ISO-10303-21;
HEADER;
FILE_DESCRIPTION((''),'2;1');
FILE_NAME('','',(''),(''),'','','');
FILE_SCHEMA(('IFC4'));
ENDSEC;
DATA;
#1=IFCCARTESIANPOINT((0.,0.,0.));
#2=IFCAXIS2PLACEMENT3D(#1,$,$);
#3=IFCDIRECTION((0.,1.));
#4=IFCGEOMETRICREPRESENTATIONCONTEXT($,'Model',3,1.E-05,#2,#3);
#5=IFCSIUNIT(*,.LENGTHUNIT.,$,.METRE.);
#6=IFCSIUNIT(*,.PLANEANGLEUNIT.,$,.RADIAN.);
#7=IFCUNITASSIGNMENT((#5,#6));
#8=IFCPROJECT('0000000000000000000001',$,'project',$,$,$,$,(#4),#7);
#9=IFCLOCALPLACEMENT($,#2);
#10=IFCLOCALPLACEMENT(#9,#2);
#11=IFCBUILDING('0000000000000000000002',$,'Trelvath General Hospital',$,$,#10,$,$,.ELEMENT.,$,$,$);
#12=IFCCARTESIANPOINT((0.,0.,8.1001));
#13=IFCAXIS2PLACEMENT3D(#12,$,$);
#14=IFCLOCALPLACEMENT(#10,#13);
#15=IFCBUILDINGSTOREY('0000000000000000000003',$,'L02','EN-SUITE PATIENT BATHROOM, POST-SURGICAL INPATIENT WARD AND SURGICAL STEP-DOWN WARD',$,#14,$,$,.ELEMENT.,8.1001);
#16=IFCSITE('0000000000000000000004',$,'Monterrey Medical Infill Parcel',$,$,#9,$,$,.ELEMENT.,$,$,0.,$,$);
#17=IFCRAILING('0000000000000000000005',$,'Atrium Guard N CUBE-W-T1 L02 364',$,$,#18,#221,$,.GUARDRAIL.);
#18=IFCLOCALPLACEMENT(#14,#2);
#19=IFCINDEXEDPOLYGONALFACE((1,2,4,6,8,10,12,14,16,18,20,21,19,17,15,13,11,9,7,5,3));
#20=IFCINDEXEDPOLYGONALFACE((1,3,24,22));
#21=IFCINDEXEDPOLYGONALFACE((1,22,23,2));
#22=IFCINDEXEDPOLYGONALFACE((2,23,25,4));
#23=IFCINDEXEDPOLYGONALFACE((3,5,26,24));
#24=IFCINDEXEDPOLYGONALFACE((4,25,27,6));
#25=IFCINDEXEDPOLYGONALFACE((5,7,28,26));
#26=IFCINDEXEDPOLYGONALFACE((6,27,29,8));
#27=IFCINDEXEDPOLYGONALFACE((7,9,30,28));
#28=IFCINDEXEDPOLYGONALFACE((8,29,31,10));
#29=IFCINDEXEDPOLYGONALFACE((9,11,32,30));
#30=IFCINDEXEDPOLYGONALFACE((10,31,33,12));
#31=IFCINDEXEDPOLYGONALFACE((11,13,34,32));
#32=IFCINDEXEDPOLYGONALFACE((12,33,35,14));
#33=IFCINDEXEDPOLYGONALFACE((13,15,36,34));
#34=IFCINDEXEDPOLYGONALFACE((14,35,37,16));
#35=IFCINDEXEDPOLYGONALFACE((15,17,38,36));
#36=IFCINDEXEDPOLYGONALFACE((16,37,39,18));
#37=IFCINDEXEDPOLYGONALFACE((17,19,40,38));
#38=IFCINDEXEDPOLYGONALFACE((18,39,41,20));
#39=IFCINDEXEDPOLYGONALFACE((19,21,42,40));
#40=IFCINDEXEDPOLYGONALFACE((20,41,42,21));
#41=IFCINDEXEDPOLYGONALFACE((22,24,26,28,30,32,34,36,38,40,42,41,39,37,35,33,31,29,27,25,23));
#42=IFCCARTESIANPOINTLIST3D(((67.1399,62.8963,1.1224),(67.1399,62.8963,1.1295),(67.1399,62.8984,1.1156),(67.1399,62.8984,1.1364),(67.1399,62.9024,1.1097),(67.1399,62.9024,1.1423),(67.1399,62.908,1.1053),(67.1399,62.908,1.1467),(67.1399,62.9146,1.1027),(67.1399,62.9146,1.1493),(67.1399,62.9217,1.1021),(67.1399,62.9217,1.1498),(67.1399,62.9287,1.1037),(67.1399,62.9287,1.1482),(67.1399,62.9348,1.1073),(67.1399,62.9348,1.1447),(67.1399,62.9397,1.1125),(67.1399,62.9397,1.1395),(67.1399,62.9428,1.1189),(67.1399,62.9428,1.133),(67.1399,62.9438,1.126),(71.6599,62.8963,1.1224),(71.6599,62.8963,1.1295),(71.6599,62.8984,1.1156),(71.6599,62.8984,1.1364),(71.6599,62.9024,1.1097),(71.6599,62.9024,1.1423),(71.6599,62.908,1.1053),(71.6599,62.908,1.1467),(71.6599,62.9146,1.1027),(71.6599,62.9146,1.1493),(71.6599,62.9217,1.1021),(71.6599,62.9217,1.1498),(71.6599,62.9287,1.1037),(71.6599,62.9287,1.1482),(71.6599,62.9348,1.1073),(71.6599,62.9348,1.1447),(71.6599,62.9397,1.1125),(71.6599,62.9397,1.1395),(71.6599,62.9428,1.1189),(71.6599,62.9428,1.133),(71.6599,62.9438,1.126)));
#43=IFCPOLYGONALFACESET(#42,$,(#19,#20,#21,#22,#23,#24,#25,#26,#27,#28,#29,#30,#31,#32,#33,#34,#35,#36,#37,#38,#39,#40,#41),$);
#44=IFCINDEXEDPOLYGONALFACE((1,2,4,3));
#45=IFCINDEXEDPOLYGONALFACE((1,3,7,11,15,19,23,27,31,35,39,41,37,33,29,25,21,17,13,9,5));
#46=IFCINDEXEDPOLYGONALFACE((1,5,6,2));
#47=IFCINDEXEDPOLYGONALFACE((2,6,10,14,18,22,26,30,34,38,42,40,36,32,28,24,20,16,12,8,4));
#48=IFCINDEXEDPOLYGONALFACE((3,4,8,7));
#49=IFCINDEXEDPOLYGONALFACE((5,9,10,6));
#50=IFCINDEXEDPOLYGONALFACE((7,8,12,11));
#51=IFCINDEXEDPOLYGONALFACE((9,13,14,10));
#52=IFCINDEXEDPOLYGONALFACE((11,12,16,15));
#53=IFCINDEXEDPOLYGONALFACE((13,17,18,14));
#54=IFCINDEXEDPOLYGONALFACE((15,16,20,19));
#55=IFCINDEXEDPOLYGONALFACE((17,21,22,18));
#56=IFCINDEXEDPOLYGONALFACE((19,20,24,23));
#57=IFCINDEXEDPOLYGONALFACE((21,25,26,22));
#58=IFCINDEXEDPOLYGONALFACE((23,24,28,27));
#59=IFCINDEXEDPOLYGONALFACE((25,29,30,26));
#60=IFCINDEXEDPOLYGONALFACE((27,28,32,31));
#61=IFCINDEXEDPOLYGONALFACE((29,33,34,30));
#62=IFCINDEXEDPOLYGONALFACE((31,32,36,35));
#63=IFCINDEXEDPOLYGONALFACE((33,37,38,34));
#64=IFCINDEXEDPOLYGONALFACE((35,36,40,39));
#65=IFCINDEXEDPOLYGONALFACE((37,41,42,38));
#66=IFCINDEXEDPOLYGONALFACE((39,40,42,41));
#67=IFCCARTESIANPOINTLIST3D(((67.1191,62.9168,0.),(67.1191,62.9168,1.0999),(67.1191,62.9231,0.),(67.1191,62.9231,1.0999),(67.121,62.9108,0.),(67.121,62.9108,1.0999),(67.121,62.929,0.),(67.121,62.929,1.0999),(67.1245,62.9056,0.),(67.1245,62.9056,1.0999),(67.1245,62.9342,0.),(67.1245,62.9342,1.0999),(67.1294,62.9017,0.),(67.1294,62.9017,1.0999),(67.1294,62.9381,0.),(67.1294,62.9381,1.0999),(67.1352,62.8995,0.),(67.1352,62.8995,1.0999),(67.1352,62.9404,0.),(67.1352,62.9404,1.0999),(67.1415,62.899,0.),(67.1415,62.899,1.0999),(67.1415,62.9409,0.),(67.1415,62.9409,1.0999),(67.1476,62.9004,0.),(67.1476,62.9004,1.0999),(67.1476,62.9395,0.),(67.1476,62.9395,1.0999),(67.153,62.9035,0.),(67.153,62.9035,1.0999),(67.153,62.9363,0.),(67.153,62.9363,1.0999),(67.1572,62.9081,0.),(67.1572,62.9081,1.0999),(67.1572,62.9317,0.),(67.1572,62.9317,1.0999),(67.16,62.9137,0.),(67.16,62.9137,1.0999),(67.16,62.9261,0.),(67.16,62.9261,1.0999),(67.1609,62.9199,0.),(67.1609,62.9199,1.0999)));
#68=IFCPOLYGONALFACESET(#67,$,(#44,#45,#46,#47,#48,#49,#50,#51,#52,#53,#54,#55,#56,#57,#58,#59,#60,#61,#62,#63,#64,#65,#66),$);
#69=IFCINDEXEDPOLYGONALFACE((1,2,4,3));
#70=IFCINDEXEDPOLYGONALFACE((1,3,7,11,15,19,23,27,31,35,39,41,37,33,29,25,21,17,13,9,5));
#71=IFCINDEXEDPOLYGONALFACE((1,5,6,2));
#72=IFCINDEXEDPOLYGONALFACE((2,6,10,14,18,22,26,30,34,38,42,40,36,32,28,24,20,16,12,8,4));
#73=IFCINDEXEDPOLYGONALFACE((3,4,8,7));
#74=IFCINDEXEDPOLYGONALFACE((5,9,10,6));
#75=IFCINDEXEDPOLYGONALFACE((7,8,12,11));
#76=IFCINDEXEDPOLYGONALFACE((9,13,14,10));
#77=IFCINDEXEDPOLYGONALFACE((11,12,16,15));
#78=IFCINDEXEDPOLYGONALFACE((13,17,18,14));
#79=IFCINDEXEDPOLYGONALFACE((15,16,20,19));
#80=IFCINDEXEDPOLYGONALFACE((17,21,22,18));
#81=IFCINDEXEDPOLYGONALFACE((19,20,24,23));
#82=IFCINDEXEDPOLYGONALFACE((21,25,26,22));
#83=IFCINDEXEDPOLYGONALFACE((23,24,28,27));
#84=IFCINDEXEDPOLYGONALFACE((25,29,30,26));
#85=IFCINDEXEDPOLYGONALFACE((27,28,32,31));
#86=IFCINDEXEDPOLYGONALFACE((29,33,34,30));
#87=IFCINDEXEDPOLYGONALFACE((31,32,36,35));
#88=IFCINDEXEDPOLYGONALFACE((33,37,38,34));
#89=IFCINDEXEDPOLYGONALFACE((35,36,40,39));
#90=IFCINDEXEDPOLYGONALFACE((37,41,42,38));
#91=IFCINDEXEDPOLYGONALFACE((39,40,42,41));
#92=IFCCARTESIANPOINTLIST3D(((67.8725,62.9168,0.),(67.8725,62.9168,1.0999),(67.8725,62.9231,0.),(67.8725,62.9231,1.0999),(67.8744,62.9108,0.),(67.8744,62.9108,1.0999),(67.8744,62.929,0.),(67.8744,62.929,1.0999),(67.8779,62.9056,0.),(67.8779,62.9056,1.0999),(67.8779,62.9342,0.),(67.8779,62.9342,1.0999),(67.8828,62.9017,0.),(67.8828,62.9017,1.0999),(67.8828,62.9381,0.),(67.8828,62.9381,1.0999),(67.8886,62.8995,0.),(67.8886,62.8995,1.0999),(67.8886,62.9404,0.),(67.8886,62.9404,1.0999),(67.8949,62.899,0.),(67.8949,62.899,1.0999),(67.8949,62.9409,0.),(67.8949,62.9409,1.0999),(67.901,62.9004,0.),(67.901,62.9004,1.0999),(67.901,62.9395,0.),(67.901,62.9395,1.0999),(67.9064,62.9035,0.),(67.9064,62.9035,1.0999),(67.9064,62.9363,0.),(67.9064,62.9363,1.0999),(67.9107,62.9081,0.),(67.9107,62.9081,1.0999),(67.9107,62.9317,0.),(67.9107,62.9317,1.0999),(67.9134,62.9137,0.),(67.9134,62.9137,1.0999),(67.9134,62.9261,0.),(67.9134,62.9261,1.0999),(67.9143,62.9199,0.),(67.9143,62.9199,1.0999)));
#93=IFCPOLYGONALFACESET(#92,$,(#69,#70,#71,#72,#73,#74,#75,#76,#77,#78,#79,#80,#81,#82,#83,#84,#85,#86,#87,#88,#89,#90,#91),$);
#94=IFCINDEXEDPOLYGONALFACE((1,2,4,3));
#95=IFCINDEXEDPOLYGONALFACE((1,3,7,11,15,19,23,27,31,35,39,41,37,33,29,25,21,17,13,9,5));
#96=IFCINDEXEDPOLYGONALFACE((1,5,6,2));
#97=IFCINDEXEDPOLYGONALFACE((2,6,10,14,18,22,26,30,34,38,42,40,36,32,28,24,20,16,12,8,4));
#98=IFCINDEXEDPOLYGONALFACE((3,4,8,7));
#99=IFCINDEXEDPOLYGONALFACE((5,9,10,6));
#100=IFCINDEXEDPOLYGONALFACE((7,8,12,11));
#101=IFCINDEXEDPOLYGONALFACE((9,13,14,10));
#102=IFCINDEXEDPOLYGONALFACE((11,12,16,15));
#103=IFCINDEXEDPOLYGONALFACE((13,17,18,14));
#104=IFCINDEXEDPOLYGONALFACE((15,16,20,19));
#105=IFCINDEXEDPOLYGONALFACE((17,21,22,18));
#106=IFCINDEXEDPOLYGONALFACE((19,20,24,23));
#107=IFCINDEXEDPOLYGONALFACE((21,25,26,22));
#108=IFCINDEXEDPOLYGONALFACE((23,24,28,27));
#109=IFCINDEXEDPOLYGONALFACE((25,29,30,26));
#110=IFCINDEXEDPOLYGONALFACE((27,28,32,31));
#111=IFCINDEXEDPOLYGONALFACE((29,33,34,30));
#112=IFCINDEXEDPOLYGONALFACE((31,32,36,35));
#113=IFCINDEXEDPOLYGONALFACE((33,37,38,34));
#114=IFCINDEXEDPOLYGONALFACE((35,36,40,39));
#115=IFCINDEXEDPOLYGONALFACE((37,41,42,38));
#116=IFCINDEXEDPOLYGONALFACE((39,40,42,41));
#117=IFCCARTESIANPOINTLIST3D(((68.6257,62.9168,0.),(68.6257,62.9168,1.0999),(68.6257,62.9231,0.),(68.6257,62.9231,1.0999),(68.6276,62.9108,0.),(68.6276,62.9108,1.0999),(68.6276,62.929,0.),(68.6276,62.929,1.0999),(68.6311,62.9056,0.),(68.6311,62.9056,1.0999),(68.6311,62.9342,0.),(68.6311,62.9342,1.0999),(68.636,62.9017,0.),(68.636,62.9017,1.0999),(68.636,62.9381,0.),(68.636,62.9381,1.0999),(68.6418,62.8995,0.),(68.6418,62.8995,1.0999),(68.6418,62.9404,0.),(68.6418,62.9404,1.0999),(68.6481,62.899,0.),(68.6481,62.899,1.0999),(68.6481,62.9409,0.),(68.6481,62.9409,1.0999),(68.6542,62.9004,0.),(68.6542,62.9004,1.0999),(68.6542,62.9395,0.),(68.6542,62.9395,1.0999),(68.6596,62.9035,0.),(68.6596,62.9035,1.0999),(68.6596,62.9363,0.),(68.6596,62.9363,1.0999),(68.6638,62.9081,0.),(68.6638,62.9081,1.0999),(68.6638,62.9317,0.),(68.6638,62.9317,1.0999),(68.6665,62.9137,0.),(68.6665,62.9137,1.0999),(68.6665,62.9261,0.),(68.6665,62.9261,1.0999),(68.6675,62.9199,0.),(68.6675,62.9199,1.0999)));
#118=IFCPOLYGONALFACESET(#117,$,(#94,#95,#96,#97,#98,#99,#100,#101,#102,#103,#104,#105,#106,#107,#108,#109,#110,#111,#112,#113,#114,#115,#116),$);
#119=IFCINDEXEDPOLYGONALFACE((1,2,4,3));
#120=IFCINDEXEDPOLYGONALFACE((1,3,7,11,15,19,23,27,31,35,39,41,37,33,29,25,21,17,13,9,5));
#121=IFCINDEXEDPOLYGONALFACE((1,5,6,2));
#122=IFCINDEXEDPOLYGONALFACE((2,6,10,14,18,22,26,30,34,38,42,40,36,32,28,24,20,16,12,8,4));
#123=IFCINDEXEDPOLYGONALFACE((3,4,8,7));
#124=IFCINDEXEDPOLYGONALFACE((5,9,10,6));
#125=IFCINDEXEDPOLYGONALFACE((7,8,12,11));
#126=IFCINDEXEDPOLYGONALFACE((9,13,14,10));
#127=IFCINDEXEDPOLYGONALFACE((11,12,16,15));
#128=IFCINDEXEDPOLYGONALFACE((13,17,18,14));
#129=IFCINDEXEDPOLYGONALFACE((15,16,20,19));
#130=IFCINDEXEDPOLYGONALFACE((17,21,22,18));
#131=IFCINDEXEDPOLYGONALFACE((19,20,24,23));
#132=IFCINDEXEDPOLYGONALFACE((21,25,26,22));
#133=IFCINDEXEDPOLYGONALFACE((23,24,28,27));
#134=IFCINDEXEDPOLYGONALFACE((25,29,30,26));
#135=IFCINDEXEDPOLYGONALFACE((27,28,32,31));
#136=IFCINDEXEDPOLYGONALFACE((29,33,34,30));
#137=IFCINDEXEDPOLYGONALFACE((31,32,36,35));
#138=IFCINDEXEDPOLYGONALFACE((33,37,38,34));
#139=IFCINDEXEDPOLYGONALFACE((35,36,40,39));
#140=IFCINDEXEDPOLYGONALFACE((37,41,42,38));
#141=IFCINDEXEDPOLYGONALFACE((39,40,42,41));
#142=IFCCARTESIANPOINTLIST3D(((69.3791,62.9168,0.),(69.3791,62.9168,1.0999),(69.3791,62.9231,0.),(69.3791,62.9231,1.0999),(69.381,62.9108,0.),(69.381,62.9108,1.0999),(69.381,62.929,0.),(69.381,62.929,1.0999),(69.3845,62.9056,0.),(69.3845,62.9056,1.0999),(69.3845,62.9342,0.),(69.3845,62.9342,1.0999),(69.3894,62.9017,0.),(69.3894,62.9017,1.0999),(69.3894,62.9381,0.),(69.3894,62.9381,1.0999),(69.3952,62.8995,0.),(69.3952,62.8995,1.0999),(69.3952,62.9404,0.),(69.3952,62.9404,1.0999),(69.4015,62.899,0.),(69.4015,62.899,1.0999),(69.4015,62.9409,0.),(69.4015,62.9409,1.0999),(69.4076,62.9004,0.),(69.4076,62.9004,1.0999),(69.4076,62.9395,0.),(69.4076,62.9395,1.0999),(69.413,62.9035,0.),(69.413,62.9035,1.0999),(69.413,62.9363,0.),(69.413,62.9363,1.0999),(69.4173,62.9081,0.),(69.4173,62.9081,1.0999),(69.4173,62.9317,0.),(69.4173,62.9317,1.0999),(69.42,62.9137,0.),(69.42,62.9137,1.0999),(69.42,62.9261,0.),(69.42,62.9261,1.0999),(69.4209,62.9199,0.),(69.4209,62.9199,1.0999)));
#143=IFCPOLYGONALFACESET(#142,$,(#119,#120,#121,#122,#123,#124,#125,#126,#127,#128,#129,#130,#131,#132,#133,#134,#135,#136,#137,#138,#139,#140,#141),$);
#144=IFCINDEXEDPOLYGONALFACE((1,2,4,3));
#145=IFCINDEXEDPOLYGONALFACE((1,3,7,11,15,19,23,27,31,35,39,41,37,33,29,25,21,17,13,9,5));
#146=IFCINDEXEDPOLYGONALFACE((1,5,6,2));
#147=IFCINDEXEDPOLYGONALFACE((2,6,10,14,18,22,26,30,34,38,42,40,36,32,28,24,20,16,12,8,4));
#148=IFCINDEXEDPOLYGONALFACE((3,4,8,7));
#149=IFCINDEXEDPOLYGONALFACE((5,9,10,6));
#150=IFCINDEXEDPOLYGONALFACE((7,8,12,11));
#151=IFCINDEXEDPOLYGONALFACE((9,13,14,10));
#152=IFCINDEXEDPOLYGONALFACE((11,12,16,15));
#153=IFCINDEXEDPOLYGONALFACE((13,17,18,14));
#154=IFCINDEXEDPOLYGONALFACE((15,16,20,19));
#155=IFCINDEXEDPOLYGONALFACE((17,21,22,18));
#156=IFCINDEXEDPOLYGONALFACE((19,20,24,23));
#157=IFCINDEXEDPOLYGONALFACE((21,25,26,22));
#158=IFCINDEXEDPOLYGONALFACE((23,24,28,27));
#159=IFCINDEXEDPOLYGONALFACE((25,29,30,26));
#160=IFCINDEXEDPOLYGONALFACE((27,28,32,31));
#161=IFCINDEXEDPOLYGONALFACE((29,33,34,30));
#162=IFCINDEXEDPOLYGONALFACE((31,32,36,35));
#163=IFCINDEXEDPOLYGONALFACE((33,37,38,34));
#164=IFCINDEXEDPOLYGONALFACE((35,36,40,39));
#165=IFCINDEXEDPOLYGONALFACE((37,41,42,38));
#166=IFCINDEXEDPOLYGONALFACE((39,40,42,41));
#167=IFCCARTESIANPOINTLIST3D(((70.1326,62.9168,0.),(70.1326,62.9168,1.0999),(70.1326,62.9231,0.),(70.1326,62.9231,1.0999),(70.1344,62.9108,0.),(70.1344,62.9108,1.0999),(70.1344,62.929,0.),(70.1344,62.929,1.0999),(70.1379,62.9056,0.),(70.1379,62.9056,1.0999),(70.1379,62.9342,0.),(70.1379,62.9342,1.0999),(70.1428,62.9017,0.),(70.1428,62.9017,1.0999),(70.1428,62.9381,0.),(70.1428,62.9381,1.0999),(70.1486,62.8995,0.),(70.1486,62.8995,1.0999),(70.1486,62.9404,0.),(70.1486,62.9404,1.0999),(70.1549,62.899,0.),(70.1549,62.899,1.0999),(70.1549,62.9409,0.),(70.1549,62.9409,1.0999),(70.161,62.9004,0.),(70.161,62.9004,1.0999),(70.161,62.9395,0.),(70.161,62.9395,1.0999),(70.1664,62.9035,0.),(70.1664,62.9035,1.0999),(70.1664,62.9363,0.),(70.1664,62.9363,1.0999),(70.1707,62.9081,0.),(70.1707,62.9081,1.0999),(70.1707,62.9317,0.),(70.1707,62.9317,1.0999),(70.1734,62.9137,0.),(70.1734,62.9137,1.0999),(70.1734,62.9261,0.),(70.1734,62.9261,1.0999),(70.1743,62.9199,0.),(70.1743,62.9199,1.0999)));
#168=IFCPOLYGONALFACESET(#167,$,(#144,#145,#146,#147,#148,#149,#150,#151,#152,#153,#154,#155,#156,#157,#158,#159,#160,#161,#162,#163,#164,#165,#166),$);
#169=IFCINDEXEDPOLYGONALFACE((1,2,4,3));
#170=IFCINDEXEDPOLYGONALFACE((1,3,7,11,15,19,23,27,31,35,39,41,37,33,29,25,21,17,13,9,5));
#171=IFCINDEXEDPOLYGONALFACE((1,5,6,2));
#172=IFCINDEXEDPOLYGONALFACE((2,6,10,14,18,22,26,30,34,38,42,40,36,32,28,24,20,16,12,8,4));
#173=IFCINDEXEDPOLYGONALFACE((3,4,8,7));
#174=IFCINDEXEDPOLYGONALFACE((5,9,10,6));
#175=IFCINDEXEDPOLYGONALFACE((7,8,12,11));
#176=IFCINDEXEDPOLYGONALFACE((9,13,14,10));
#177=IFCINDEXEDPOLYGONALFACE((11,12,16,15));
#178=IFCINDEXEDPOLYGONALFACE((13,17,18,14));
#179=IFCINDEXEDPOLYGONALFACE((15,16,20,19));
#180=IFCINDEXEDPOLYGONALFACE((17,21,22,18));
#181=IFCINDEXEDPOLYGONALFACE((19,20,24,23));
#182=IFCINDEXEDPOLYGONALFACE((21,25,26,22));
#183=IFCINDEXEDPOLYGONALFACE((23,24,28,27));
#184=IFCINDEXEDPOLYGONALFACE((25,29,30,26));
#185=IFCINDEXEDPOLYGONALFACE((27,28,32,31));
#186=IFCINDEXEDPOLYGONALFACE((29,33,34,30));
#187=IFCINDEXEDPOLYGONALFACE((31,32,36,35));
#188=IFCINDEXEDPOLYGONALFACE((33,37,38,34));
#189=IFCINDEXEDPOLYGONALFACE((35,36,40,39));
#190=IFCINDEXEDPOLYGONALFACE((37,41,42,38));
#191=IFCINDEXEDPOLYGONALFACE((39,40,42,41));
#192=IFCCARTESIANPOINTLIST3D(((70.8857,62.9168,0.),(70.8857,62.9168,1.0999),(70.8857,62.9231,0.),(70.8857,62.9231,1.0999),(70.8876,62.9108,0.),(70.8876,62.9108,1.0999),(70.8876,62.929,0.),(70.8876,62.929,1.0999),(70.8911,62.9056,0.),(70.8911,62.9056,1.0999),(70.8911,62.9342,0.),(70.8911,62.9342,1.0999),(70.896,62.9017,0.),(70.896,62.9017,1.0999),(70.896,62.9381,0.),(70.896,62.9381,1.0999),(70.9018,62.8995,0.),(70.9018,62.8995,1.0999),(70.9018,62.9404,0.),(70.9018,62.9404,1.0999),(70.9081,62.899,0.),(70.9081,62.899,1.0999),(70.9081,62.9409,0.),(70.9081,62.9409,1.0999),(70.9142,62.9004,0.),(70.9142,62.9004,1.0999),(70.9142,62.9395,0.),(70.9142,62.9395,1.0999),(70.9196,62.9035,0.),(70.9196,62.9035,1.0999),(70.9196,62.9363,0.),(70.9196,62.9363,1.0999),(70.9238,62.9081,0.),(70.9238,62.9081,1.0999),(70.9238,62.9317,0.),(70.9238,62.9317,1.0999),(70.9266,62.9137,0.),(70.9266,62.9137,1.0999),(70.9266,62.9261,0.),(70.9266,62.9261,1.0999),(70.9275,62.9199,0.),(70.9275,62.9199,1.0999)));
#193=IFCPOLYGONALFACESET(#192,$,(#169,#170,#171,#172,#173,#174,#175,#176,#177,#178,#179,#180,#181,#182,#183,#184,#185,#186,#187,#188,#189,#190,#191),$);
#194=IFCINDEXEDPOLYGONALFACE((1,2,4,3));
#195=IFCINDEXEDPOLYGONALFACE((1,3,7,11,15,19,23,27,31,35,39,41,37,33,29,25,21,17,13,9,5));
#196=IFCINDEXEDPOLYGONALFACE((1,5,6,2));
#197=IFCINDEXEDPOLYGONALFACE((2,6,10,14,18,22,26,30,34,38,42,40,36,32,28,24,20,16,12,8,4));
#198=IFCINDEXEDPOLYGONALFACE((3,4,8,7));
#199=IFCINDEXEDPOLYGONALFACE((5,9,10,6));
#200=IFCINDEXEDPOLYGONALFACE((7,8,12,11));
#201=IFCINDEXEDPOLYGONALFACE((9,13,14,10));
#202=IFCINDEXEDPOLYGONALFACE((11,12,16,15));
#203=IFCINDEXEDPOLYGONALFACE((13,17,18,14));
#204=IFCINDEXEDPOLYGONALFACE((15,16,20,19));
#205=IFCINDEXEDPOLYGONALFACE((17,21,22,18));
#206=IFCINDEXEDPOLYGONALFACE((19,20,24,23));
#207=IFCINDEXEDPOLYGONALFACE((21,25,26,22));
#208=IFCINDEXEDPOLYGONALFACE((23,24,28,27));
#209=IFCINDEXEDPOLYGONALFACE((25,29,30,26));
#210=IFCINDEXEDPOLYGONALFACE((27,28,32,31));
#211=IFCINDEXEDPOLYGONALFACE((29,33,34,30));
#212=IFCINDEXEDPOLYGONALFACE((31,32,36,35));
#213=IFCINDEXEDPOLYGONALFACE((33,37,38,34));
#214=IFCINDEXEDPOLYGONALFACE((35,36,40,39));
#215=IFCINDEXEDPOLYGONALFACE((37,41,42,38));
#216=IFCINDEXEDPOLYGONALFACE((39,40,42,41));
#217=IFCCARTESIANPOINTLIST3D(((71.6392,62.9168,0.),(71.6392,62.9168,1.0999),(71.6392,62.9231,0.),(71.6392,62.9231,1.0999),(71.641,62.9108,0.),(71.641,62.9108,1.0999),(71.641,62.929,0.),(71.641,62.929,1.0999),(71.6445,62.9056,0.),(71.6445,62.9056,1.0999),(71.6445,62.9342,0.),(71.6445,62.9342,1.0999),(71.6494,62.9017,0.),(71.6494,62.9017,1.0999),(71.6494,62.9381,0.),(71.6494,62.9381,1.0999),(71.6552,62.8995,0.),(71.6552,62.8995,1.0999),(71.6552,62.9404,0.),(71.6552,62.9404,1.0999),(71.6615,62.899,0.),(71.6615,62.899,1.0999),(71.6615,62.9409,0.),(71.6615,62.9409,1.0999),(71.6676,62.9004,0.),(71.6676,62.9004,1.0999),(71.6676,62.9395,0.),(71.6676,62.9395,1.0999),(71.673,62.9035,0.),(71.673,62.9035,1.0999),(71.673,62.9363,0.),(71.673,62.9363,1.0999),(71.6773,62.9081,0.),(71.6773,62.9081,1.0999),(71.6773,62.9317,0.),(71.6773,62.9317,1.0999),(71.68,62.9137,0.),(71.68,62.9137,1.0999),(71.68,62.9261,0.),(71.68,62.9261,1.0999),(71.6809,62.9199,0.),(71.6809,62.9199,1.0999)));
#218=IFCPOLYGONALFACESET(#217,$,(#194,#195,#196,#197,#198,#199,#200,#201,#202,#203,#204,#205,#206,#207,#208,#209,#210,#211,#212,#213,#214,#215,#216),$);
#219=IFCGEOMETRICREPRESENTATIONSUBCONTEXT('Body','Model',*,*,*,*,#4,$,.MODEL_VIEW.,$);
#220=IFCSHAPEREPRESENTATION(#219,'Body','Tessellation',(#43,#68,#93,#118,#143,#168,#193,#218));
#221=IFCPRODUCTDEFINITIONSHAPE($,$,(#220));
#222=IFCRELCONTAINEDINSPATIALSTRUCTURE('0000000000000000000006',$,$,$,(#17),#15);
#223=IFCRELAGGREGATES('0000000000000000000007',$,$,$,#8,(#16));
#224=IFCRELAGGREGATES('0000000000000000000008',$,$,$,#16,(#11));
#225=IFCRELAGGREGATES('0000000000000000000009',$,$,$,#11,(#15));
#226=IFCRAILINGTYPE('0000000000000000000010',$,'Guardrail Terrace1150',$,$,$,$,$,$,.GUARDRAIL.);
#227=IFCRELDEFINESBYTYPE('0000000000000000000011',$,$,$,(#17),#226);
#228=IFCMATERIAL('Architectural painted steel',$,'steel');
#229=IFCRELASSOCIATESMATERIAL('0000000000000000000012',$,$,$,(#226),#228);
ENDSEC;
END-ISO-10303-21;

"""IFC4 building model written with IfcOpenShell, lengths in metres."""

from ifc_helpers import new_model, si_unit, direction, frame, origin, origin_2d, place, context, subcontext, project, spatial, circle, extrude, material, type_object, element, save


model = new_model("IFC4")

# Units and contexts
model_context = context("Model", 3, precision=1e-05, world=origin(), true_north=direction((0.0, 1.0)))
body_context = subcontext(model_context, "Body", "Model", "MODEL_VIEW")
ifc_project = project(units=[si_unit("LENGTHUNIT", "METRE"), si_unit("PLANEANGLEUNIT", "RADIAN")], contexts=[model_context])

# Site, building, storey
site_placement = place(None, origin())
site = spatial("IfcSite", under=ifc_project, at=site_placement, Name="Monterrey Medical Infill Parcel", CompositionType="ELEMENT", RefElevation=0.0)
building_placement = place(site_placement, origin())
building = spatial("IfcBuilding", under=site, at=building_placement, Name="Trelvath General Hospital", CompositionType="ELEMENT")
storey_placement = place(building_placement, frame((0.0, 0.0, 8.1001)))
storey = spatial("IfcBuildingStorey", under=building, at=storey_placement, Name="L02", Description="EN-SUITE PATIENT BATHROOM, POST-SURGICAL INPATIENT WARD AND SURGICAL STEP-DOWN WARD", CompositionType="ELEMENT", Elevation=8.1001)

# Railing
ifc_material_1 = material(Name="Architectural painted steel", Category="steel")
railing_type = type_object("IfcRailingType", Name="Guardrail Terrace1150", PredefinedType="GUARDRAIL", material=ifc_material_1)
railing_placement = place(storey_placement, frame((67.1399, 62.9199, 0.0)))
element("IfcRailing", 1, at=railing_placement, inside=storey, type_object=railing_type, Name="Atrium Guard N CUBE-W-T1 L02 364", PredefinedType="GUARDRAIL", context=body_context, shape_type="SweptSolid", body=[
    extrude(circle(Radius=0.0239, at=origin_2d()), frame((0.0, 0.0, 1.126), z_axis=(1.0, 0.0, 0.0), x_axis=(0.0, 1.0, 0.0)), (0.0, 0.0, 1.0), 4.52),
    extrude(circle(Radius=0.021, at=origin_2d()), origin(), (0.0, 0.0, 1.0), 1.0999),
    extrude(circle(Radius=0.021, at=origin_2d()), frame((0.7534, 0.0, 0.0)), (0.0, 0.0, 1.0), 1.0999),
    extrude(circle(Radius=0.021, at=origin_2d()), frame((1.5066, 0.0, 0.0)), (0.0, 0.0, 1.0), 1.0999),
    extrude(circle(Radius=0.021, at=origin_2d()), frame((2.26, 0.0, 0.0)), (0.0, 0.0, 1.0), 1.0999),
    extrude(circle(Radius=0.021, at=origin_2d()), frame((3.0134, 0.0, 0.0)), (0.0, 0.0, 1.0), 1.0999),
    extrude(circle(Radius=0.021, at=origin_2d()), frame((3.7666, 0.0, 0.0)), (0.0, 0.0, 1.0), 1.0999),
    extrude(circle(Radius=0.021, at=origin_2d()), frame((4.52, 0.0, 0.0)), (0.0, 0.0, 1.0), 1.0999),
])

save(model, "model.ifc")
